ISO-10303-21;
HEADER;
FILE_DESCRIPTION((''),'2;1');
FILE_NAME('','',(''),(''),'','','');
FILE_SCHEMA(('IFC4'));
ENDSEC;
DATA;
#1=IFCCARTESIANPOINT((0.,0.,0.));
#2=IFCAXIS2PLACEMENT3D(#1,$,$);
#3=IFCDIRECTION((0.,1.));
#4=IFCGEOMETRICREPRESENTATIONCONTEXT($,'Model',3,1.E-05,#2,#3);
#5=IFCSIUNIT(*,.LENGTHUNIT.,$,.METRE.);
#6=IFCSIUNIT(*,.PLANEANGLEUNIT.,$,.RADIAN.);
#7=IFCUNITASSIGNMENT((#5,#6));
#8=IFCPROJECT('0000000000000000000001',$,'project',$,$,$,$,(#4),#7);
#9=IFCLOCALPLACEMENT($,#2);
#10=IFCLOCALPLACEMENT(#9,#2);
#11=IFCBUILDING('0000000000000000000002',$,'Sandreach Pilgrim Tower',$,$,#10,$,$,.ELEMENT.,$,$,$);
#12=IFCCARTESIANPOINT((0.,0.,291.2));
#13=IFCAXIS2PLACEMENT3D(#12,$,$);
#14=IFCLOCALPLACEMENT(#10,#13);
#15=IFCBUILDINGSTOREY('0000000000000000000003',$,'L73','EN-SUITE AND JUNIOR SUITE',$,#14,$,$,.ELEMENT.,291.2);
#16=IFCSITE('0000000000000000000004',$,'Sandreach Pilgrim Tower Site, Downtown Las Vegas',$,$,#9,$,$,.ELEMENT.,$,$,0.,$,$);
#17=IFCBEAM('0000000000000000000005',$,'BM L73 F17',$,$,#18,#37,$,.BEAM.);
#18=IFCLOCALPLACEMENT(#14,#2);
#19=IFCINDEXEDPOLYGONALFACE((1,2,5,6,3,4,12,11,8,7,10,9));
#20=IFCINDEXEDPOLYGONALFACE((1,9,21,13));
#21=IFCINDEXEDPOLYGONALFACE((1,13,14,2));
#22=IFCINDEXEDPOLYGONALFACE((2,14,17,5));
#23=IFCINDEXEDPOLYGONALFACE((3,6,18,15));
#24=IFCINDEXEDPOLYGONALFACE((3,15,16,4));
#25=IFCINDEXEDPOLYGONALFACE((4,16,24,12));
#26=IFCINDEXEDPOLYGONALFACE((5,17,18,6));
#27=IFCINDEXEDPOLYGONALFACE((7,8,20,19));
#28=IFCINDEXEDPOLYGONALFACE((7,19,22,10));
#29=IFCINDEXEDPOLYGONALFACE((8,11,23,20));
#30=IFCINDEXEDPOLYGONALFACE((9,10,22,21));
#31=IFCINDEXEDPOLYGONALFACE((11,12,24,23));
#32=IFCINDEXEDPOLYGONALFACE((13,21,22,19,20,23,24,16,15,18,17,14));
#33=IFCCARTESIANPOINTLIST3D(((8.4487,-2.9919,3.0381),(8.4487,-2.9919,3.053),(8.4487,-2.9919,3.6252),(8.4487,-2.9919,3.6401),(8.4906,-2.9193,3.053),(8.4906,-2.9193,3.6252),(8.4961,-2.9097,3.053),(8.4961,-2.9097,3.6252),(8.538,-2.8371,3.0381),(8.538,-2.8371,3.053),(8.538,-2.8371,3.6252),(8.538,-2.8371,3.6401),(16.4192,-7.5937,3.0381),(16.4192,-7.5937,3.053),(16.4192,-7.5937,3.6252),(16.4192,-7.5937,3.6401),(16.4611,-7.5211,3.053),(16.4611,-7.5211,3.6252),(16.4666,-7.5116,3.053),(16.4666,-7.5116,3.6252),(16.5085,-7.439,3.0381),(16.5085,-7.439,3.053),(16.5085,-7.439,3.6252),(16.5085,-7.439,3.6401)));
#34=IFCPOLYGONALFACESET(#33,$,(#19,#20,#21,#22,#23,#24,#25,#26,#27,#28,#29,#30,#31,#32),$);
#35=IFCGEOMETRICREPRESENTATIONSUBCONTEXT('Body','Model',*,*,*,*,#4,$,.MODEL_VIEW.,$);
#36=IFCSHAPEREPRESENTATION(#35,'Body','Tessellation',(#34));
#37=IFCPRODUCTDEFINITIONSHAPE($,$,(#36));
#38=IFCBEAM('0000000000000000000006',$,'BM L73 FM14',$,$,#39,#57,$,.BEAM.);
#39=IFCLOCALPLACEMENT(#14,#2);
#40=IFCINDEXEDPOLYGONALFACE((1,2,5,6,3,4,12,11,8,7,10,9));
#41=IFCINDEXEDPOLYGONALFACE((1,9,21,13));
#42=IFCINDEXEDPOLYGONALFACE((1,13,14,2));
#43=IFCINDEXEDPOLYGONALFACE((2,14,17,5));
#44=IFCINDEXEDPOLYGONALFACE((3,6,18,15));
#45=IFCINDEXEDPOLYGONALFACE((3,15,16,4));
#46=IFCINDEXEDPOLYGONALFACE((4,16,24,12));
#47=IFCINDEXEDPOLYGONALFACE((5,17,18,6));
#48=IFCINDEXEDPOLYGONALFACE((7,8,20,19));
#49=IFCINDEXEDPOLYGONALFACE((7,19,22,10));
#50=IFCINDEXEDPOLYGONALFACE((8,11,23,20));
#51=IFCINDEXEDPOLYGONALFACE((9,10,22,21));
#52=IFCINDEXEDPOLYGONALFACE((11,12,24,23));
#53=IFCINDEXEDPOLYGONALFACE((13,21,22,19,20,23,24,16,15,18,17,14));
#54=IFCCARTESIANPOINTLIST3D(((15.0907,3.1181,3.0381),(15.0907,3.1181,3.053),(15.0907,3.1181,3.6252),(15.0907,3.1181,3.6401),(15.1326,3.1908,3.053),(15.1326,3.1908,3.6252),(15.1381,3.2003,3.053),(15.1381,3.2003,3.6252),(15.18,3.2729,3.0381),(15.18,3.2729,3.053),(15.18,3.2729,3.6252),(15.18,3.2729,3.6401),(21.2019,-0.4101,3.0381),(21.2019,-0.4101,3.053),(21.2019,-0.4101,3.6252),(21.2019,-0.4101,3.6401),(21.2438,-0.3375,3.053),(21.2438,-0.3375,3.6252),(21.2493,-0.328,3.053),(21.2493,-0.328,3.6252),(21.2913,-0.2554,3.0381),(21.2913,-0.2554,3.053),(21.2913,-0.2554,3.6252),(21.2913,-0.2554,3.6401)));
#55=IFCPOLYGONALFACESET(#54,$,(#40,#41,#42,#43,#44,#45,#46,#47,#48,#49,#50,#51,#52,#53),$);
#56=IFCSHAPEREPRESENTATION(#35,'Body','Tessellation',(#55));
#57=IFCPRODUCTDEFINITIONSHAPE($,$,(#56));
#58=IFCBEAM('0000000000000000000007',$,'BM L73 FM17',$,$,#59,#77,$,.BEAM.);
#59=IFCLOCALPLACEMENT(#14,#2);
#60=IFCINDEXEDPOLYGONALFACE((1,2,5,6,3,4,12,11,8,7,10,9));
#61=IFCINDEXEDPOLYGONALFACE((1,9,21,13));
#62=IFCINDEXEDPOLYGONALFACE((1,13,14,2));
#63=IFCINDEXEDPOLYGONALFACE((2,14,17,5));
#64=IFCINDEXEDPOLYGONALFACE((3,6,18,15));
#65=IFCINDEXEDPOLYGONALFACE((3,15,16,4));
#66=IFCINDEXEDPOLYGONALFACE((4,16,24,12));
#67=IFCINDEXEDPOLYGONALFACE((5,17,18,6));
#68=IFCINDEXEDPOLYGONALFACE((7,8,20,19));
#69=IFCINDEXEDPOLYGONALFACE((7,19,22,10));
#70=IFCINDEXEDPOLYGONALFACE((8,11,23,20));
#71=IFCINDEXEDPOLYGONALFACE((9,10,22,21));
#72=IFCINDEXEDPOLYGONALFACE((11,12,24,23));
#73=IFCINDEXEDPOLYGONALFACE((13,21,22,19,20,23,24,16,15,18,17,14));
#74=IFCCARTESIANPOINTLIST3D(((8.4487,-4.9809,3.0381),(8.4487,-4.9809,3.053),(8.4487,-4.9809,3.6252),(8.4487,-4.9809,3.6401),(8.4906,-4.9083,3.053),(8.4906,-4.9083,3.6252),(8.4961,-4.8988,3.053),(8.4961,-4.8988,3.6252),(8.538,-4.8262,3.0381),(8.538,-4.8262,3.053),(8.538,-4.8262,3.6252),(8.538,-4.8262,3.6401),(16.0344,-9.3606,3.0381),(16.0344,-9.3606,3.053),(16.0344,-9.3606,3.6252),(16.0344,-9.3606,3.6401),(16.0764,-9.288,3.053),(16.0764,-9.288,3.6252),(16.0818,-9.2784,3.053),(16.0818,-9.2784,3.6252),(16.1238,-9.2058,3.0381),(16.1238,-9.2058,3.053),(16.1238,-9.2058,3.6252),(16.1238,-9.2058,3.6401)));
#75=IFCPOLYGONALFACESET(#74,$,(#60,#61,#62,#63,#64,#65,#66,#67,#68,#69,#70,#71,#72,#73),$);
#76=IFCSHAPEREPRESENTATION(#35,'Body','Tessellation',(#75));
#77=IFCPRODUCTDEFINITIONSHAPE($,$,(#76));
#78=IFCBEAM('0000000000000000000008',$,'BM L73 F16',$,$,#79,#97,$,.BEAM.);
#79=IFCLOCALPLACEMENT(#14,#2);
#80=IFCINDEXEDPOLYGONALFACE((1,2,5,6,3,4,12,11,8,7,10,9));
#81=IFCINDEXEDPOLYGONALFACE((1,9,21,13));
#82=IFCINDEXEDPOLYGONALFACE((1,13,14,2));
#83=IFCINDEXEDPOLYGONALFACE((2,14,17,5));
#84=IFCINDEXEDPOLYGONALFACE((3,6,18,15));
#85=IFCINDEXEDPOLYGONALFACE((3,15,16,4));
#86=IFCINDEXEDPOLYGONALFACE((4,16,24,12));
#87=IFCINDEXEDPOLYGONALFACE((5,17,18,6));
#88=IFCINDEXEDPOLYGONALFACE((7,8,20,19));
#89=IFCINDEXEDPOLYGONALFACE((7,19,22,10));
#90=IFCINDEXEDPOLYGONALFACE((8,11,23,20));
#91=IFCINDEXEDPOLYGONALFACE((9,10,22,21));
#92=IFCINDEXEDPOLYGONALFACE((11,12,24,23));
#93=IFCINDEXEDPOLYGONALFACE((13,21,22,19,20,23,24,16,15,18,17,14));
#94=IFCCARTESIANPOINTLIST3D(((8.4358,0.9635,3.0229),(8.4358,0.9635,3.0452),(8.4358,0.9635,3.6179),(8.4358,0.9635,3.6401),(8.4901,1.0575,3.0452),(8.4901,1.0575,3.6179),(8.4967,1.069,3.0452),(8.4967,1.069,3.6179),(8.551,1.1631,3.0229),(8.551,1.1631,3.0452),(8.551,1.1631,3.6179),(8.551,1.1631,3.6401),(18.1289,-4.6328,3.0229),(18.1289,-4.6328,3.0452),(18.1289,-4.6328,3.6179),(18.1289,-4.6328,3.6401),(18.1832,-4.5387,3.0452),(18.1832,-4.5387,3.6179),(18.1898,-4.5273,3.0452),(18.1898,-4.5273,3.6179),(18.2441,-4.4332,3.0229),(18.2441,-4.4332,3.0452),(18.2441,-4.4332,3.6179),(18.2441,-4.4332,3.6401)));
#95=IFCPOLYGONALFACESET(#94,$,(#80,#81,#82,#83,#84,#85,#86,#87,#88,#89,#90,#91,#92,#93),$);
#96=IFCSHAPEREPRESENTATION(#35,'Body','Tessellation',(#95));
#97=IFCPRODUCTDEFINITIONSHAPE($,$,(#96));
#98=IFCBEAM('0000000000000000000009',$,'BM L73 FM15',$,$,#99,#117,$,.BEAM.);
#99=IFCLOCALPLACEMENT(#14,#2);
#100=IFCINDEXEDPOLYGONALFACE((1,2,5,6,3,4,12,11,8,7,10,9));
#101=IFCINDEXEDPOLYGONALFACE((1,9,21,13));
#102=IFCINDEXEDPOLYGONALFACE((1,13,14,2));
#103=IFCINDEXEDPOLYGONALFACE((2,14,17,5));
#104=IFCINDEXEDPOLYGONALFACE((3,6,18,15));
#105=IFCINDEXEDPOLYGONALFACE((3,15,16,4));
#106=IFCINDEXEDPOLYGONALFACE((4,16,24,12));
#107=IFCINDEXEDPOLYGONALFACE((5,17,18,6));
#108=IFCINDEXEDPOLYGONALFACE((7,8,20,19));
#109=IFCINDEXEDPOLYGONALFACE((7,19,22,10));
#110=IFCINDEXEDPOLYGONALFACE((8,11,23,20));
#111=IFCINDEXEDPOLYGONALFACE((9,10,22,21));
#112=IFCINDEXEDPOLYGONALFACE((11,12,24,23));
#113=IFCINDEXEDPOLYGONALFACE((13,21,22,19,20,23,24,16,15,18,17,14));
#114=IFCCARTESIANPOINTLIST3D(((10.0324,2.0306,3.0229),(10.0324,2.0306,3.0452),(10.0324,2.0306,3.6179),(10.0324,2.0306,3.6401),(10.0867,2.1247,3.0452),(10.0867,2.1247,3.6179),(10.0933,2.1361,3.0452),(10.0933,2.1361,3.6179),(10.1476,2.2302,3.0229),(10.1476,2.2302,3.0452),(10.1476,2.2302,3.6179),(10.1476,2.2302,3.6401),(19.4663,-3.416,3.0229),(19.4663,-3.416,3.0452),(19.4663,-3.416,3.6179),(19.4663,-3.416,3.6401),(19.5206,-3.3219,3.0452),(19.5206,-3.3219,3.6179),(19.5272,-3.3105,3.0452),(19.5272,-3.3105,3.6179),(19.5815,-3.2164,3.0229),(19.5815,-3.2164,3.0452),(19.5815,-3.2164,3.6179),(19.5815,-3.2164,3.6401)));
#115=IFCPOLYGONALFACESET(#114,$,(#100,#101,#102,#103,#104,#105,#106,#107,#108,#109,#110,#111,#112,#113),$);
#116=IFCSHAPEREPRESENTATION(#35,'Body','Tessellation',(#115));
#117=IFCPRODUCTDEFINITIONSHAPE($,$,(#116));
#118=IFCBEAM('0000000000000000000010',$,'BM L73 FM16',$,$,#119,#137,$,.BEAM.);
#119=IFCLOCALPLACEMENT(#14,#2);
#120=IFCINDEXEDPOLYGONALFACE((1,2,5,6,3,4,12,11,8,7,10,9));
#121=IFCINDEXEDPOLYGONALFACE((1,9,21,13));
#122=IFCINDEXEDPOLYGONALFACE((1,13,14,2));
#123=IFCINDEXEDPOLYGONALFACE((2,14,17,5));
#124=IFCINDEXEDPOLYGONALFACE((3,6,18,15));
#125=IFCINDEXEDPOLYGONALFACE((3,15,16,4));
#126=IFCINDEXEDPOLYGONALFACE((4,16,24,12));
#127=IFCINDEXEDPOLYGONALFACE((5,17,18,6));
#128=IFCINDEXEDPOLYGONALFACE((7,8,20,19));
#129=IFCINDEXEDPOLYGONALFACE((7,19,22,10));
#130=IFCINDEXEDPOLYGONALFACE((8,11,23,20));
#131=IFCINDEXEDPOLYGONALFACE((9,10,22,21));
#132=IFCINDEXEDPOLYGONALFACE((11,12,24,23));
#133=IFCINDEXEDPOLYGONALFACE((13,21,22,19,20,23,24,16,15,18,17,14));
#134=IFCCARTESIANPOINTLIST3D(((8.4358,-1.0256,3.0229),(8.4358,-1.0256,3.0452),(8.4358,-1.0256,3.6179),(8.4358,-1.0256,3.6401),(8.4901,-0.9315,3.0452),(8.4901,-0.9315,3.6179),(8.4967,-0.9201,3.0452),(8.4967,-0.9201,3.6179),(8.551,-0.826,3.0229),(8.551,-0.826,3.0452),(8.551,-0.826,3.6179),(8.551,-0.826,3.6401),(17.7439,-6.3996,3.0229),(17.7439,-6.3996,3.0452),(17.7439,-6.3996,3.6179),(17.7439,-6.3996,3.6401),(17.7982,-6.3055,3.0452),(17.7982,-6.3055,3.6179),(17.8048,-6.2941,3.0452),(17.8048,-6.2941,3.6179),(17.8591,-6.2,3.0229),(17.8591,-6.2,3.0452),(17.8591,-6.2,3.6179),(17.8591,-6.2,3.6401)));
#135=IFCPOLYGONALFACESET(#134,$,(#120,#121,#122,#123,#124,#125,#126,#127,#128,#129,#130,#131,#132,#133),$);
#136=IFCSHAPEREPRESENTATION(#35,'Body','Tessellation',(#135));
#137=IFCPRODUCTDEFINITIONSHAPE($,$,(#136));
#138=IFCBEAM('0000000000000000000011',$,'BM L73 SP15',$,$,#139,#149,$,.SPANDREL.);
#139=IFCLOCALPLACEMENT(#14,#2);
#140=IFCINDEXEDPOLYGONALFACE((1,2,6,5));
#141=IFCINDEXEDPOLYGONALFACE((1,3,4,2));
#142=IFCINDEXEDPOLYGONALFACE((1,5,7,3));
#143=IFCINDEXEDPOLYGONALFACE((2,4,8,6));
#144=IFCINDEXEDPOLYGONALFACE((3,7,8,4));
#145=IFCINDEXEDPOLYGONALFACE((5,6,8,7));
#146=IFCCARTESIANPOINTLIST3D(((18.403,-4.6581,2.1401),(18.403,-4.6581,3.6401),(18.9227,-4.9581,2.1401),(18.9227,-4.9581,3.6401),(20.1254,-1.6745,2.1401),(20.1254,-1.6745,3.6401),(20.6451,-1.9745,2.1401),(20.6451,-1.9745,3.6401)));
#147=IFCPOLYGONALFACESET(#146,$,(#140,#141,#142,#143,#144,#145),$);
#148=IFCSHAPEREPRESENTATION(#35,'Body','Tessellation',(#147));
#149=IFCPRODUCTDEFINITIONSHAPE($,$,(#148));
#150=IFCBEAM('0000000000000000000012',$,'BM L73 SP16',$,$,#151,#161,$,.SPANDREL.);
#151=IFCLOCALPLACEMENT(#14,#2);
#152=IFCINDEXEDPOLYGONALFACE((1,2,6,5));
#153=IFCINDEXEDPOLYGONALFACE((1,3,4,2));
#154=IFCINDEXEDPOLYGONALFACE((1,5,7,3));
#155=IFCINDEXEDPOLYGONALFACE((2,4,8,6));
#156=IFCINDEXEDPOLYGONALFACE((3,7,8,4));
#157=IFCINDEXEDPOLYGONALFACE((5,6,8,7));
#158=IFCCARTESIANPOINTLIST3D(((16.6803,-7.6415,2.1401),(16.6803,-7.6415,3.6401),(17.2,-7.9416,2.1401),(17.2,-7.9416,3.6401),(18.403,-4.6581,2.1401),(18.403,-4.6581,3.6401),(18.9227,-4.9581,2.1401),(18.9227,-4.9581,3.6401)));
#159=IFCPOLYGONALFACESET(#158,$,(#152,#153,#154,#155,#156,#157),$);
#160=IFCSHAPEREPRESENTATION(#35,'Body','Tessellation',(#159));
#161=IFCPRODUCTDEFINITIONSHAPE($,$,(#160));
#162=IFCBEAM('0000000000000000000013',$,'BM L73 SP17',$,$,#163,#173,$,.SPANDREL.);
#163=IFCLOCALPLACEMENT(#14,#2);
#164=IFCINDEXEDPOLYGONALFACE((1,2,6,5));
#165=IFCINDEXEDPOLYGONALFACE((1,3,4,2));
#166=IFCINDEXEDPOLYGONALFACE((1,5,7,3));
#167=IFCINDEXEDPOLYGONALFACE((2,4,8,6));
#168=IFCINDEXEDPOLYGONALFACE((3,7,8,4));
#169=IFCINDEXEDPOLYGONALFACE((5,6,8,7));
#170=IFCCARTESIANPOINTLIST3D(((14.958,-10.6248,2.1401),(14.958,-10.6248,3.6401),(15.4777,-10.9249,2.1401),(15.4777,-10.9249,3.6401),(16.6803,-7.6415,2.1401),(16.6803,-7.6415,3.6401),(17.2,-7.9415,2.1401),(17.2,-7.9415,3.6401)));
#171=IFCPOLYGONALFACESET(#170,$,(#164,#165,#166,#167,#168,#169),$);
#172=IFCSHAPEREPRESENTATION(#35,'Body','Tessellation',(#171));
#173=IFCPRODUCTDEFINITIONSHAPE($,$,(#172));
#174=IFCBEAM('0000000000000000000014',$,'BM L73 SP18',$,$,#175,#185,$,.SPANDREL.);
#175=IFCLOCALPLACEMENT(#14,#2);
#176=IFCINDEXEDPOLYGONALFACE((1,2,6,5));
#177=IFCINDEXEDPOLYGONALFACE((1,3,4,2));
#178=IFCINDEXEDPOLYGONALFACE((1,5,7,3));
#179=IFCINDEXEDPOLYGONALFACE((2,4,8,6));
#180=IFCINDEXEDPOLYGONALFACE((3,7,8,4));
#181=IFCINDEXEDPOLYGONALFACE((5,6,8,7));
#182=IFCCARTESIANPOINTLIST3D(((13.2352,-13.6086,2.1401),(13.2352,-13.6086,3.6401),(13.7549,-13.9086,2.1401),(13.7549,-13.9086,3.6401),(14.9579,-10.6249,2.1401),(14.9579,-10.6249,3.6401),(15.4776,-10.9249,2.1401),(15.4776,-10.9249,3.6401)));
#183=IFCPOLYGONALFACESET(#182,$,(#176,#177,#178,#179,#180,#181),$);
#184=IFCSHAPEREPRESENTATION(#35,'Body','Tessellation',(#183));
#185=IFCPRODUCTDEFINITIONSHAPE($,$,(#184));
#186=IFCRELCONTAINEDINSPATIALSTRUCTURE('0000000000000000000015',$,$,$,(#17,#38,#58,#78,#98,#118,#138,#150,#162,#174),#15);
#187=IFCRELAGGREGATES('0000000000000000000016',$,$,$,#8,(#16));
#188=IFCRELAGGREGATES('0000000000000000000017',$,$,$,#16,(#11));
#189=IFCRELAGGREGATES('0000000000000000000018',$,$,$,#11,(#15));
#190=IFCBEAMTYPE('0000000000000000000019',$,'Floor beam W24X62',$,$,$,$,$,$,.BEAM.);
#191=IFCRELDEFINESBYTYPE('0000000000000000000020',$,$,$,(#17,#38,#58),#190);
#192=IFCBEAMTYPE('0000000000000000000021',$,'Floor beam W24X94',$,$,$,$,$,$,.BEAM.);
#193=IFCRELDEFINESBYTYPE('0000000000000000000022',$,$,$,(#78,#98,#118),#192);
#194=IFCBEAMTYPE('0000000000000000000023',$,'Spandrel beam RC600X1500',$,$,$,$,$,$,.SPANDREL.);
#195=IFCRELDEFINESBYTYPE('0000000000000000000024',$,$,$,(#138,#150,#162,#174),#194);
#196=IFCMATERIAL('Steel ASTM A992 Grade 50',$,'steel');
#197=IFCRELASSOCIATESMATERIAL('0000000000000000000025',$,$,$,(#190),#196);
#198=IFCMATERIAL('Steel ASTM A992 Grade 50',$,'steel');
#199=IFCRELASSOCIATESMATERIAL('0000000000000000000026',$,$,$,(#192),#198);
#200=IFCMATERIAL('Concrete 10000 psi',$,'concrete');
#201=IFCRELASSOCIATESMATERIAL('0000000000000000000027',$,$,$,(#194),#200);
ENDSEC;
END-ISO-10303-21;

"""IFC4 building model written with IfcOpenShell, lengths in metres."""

from ifc_helpers import new_model, si_unit, direction, frame, origin, origin_2d, place, context, subcontext, project, spatial, rectangle, i_section, extrude, material, material_profile, profile_set, type_object, element, save


model = new_model("IFC4")

# Units and contexts
model_context = context("Model", 3, precision=1e-05, world=origin(), true_north=direction((0.0, 1.0)))
body_context = subcontext(model_context, "Body", "Model", "MODEL_VIEW")
ifc_project = project(units=[si_unit("LENGTHUNIT", "METRE"), si_unit("PLANEANGLEUNIT", "RADIAN")], contexts=[model_context])

# Site, building, storey
site_placement = place(None, origin())
site = spatial("IfcSite", under=ifc_project, at=site_placement, Name="Sandreach Pilgrim Tower Site, Downtown Las Vegas", CompositionType="ELEMENT", RefElevation=0.0)
building_placement = place(site_placement, origin())
building = spatial("IfcBuilding", under=site, at=building_placement, Name="Sandreach Pilgrim Tower", CompositionType="ELEMENT")
storey_placement = place(building_placement, frame((0.0, 0.0, 291.2)))
storey = spatial("IfcBuildingStorey", under=building, at=storey_placement, Name="L73", Description="EN-SUITE AND JUNIOR SUITE", CompositionType="ELEMENT", Elevation=291.2)

# Beams
ifc_material_1 = material(Name="Steel ASTM A992 Grade 50", Category="steel")
ifc_material_profile_1 = material_profile(ifc_material_1, i_section(OverallWidth=0.1787, OverallDepth=0.6021, WebThickness=0.011, FlangeThickness=0.0149, at=origin_2d()), Name="W24X62")
ifc_profile_set_1 = profile_set([ifc_material_profile_1], Name="Steel ASTM A992 Grade 50")
beam_type_1 = type_object("IfcBeamType", Name="Floor beam W24X62", PredefinedType="BEAM", material=ifc_profile_set_1)
beam_1_placement = place(storey_placement, frame((16.4639, -7.5164, 3.3391), z_axis=(-0.866023, 0.500005, 0.0), x_axis=(-0.500005, -0.866023, 0.0)))
element("IfcBeam", 1, at=beam_1_placement, inside=storey, type_object=beam_type_1, Name="BM L73 F17", PredefinedType="BEAM", context=body_context, shape_type="SweptSolid", body=[
    extrude(i_section(OverallWidth=0.1787, OverallDepth=0.6021, WebThickness=0.011, FlangeThickness=0.0149, at=origin_2d()), origin(), (0.0, 0.0, 1.0), 9.2036),
])
beam_2_placement = place(storey_placement, frame((21.2466, -0.3328, 3.3391), z_axis=(-0.866029, 0.499994, 0.0), x_axis=(-0.499994, -0.866029, 0.0)))
element("IfcBeam", 2, at=beam_2_placement, inside=storey, type_object=beam_type_1, Name="BM L73 FM14", PredefinedType="BEAM", context=body_context, shape_type="SweptSolid", body=[
    extrude(i_section(OverallWidth=0.1787, OverallDepth=0.6021, WebThickness=0.011, FlangeThickness=0.0149, at=origin_2d()), origin(), (0.0, 0.0, 1.0), 7.0566),
])
beam_3_placement = place(storey_placement, frame((16.0791, -9.2832, 3.3391), z_axis=(-0.866024, 0.500003, 0.0), x_axis=(-0.500003, -0.866024, 0.0)))
element("IfcBeam", 3, at=beam_3_placement, inside=storey, type_object=beam_type_1, Name="BM L73 FM17", PredefinedType="BEAM", context=body_context, shape_type="SweptSolid", body=[
    extrude(i_section(OverallWidth=0.1787, OverallDepth=0.6021, WebThickness=0.011, FlangeThickness=0.0149, at=origin_2d()), origin(), (0.0, 0.0, 1.0), 8.7593),
])
ifc_material_2 = material(Name="Steel ASTM A992 Grade 50", Category="steel")
ifc_material_profile_2 = material_profile(ifc_material_2, i_section(OverallWidth=0.2305, OverallDepth=0.6172, WebThickness=0.0132, FlangeThickness=0.0222, at=origin_2d()), Name="W24X94")
ifc_profile_set_2 = profile_set([ifc_material_profile_2], Name="Steel ASTM A992 Grade 50")
beam_type_2 = type_object("IfcBeamType", Name="Floor beam W24X94", PredefinedType="BEAM", material=ifc_profile_set_2)
beam_4_placement = place(storey_placement, frame((18.1865, -4.533, 3.3315), z_axis=(-0.86603, 0.499991, 0.0), x_axis=(-0.499991, -0.86603, 0.0)))
element("IfcBeam", 4, at=beam_4_placement, inside=storey, type_object=beam_type_2, Name="BM L73 F16", PredefinedType="BEAM", context=body_context, shape_type="SweptSolid", body=[
    extrude(i_section(OverallWidth=0.2305, OverallDepth=0.6172, WebThickness=0.0132, FlangeThickness=0.0222, at=origin_2d()), origin(), (0.0, 0.0, 1.0), 11.1926),
])
beam_5_placement = place(storey_placement, frame((19.5239, -3.3162, 3.3315), z_axis=(-0.866029, 0.499993, 0.0), x_axis=(-0.499993, -0.866029, 0.0)))
element("IfcBeam", 5, at=beam_5_placement, inside=storey, type_object=beam_type_2, Name="BM L73 FM15", PredefinedType="BEAM", context=body_context, shape_type="SweptSolid", body=[
    extrude(i_section(OverallWidth=0.2305, OverallDepth=0.6172, WebThickness=0.0132, FlangeThickness=0.0222, at=origin_2d()), origin(), (0.0, 0.0, 1.0), 10.8933),
])
beam_6_placement = place(storey_placement, frame((17.8015, -6.2998, 3.3315), z_axis=(-0.866026, 0.499999, 0.0), x_axis=(-0.499999, -0.866026, 0.0)))
element("IfcBeam", 6, at=beam_6_placement, inside=storey, type_object=beam_type_2, Name="BM L73 FM16", PredefinedType="BEAM", context=body_context, shape_type="SweptSolid", body=[
    extrude(i_section(OverallWidth=0.2305, OverallDepth=0.6172, WebThickness=0.0132, FlangeThickness=0.0222, at=origin_2d()), origin(), (0.0, 0.0, 1.0), 10.748),
])
ifc_material_3 = material(Name="Concrete 10000 psi", Category="concrete")
ifc_material_profile_3 = material_profile(ifc_material_3, rectangle(XDim=0.6001, YDim=1.5, at=origin_2d()), Name="RC600X1500")
ifc_profile_set_3 = profile_set([ifc_material_profile_3], Name="Concrete 10000 psi")
beam_type_3 = type_object("IfcBeamType", Name="Spandrel beam RC600X1500", PredefinedType="SPANDREL", material=ifc_profile_set_3)
for number, where, z_axis, x_axis, name in (
    (7, (20.3853, -1.8245, 2.8901), (-0.499958, -0.86605, 0.0), (0.86605, -0.499958, 0.0), "BM L73 SP15"),
    (8, (18.6628, -4.8081, 2.8901), (-0.500041, -0.866001, 0.0), (0.866001, -0.500041, 0.0), "BM L73 SP16"),
):
    element("IfcBeam", number, at=place(storey_placement, frame(where, z_axis=z_axis, x_axis=x_axis)), inside=storey, type_object=beam_type_3, Name=name, PredefinedType="SPANDREL", context=body_context, shape_type="SweptSolid", body=[
        extrude(rectangle(XDim=0.6001, YDim=1.5, at=origin_2d()), origin(), (0.0, 0.0, 1.0), 3.4451),
    ])
beam_7_placement = place(storey_placement, frame((16.9402, -7.7915, 2.8901), z_axis=(-0.499988, -0.866032, 0.0), x_axis=(0.866032, -0.499988, 0.0)))
element("IfcBeam", 9, at=beam_7_placement, inside=storey, type_object=beam_type_3, Name="BM L73 SP17", PredefinedType="SPANDREL", context=body_context, shape_type="SweptSolid", body=[
    extrude(rectangle(XDim=0.6001, YDim=1.5, at=origin_2d()), origin(), (0.0, 0.0, 1.0), 3.4448),
])
beam_8_placement = place(storey_placement, frame((15.2178, -10.7749, 2.8901), z_axis=(-0.500011, -0.866019, 0.0), x_axis=(0.866019, -0.500011, 0.0)))
element("IfcBeam", 10, at=beam_8_placement, inside=storey, type_object=beam_type_3, Name="BM L73 SP18", PredefinedType="SPANDREL", context=body_context, shape_type="SweptSolid", body=[
    extrude(rectangle(XDim=0.6001, YDim=1.5, at=origin_2d()), origin(), (0.0, 0.0, 1.0), 3.4453),
])

save(model, "model.ifc")
